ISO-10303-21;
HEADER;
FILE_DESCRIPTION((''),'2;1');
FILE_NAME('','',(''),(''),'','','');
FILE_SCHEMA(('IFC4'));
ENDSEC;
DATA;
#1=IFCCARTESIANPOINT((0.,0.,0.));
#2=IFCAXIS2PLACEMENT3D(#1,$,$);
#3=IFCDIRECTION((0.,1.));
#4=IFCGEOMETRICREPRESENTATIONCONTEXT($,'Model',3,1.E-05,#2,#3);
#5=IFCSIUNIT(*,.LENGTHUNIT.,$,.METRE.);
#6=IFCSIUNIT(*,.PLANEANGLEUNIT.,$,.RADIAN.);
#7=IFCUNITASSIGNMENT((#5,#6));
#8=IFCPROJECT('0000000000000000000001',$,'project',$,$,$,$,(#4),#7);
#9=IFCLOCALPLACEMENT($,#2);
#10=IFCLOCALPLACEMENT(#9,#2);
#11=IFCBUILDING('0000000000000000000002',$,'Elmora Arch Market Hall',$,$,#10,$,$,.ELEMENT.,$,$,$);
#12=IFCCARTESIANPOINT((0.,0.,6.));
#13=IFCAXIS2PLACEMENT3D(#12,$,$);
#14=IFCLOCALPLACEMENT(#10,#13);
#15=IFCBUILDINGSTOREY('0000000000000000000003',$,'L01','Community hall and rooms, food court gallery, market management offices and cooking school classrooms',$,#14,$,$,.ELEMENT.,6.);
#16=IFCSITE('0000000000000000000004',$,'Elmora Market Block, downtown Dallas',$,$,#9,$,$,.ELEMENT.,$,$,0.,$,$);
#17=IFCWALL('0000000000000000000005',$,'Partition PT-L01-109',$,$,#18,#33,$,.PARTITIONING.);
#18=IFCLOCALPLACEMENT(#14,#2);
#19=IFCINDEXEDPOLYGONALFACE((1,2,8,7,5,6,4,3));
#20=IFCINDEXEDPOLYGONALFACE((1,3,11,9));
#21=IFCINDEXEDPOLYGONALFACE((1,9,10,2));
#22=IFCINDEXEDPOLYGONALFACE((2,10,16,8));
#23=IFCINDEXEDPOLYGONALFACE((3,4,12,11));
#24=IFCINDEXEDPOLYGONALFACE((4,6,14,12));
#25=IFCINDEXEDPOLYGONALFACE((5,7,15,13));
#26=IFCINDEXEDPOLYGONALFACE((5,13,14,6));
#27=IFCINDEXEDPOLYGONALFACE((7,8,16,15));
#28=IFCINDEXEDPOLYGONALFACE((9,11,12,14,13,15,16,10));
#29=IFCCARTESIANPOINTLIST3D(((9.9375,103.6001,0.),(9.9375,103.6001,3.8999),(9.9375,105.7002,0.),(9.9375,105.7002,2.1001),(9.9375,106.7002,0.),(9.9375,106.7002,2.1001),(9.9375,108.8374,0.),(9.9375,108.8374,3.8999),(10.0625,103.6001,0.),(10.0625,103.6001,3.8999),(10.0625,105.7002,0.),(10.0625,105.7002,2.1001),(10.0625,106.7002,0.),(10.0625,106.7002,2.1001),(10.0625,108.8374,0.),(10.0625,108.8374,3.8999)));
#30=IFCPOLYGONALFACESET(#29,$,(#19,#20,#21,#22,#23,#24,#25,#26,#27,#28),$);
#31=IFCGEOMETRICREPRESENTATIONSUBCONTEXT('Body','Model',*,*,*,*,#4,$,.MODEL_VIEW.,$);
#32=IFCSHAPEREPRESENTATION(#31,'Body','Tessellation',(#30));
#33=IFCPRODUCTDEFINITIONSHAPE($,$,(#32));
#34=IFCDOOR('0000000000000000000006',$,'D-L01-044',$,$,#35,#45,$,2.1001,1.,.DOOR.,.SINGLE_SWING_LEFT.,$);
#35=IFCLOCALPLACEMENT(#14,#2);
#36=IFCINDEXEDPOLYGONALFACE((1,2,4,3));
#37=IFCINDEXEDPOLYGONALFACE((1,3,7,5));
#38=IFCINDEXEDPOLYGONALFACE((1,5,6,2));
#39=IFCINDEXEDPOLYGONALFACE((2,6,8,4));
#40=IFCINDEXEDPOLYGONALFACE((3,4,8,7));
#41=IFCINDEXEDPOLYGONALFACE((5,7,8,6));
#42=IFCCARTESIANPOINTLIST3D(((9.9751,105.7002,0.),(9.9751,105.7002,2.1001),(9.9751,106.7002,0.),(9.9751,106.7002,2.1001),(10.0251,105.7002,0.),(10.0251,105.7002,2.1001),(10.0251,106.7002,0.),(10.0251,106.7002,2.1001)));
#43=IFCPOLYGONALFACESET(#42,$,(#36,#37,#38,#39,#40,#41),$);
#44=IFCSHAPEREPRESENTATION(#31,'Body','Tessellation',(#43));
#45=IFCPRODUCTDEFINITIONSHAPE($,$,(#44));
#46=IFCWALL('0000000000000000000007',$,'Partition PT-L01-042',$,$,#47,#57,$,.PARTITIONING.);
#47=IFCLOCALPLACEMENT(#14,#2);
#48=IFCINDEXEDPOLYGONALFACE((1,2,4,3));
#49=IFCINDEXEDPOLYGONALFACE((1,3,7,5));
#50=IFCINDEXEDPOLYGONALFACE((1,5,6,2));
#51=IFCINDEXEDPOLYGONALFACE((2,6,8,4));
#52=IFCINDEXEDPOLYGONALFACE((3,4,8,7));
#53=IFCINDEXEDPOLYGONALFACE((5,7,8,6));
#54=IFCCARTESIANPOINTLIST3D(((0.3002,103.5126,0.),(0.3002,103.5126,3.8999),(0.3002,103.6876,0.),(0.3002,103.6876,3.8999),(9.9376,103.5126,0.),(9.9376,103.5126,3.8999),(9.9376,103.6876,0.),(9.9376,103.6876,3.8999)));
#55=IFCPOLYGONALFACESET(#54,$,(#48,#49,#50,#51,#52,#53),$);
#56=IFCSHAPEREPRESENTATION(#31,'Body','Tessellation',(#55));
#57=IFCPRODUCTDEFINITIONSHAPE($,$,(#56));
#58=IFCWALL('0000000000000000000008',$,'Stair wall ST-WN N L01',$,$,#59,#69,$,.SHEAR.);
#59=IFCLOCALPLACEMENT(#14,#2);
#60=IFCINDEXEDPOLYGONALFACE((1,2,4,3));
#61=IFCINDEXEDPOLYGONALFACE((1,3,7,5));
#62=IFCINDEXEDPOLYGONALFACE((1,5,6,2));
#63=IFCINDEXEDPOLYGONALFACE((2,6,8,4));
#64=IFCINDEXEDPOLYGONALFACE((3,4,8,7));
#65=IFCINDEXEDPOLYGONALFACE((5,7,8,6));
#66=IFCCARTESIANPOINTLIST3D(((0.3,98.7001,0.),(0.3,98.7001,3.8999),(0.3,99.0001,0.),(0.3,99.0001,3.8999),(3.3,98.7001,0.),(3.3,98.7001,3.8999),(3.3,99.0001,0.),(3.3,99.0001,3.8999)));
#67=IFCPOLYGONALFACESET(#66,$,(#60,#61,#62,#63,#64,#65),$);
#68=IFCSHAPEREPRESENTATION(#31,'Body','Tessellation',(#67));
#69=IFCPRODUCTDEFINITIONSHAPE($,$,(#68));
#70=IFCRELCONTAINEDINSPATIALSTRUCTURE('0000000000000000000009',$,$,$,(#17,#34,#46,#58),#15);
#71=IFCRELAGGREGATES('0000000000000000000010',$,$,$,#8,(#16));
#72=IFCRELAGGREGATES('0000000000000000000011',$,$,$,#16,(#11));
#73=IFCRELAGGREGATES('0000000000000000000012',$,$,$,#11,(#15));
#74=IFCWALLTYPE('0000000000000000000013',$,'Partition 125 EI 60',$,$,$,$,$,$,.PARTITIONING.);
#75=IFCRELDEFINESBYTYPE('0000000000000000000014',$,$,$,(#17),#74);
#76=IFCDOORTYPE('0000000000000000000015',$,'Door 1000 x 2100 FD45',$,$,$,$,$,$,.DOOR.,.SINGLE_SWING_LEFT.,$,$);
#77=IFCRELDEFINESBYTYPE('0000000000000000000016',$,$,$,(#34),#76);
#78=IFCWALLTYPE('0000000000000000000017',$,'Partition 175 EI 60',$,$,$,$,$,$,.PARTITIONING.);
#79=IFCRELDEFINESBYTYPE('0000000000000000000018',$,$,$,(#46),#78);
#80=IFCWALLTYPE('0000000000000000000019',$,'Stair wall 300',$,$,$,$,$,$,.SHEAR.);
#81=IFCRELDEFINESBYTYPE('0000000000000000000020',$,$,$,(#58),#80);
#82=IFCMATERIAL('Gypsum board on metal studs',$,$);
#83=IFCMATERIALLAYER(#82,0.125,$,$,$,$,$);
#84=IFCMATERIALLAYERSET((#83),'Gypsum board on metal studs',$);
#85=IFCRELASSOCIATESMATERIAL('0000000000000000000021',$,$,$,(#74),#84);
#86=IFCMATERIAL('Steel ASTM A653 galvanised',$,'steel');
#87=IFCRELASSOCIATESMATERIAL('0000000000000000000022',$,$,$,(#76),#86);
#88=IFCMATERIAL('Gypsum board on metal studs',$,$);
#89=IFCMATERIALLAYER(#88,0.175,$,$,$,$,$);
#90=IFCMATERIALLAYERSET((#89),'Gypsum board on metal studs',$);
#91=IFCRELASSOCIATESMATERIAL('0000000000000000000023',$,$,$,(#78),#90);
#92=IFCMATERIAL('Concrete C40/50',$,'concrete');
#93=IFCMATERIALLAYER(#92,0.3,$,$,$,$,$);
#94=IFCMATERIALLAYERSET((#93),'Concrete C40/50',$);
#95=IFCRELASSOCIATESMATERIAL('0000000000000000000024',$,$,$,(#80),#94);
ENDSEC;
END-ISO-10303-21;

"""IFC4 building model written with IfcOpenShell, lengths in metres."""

from ifc_helpers import new_model, si_unit, direction, frame, frame_2d, origin, place, context, subcontext, project, spatial, rectangle, extrude, material, layer, layer_set, type_object, element, fill, save


model = new_model("IFC4")

# Units and contexts
model_context = context("Model", 3, precision=1e-05, world=origin(), true_north=direction((0.0, 1.0)))
body_context = subcontext(model_context, "Body", "Model", "MODEL_VIEW")
ifc_project = project(units=[si_unit("LENGTHUNIT", "METRE"), si_unit("PLANEANGLEUNIT", "RADIAN")], contexts=[model_context])

# Site, building, storey
site_placement = place(None, origin())
site = spatial("IfcSite", under=ifc_project, at=site_placement, Name="Elmora Market Block, downtown Dallas", CompositionType="ELEMENT", RefElevation=0.0)
building_placement = place(site_placement, origin())
building = spatial("IfcBuilding", under=site, at=building_placement, Name="Elmora Arch Market Hall", CompositionType="ELEMENT")
storey_placement = place(building_placement, frame((0.0, 0.0, 6.0)))
storey = spatial("IfcBuildingStorey", under=building, at=storey_placement, Name="L01", Description="Community hall and rooms, food court gallery, market management offices and cooking school classrooms", CompositionType="ELEMENT", Elevation=6.0)

# Shared definitions
ifc_material_1 = material(Name="Gypsum board on metal studs")
ifc_layer_1 = layer(ifc_material_1, 0.125)
ifc_layer_set_1 = layer_set([ifc_layer_1], Name="Gypsum board on metal studs")
wall_type_1 = type_object("IfcWallType", Name="Partition 125 EI 60", PredefinedType="PARTITIONING", material=ifc_layer_set_1)

# Wall, opening, door
ifc_material_2 = material(Name="Steel ASTM A653 galvanised", Category="steel")
door_type_1 = type_object("IfcDoorType", Name="Door 1000 x 2100 FD45", OperationType="SINGLE_SWING_LEFT", PredefinedType="DOOR", material=ifc_material_2)
wall_1_placement = place(storey_placement, frame((10.0, 103.6001, 0.0), z_axis=(0.0, 0.0, 1.0), x_axis=(0.0, 1.0, 0.0)))
wall_1 = element("IfcWall", 1, at=wall_1_placement, inside=storey, type_object=wall_type_1, Name="Partition PT-L01-109", PredefinedType="PARTITIONING", context=body_context, shape_type="SweptSolid", body=[
    extrude(rectangle(XDim=5.2373, YDim=0.125, at=frame_2d((2.6187, 0.0))), origin(), (0.0, 0.0, 1.0), 3.8999),
])
opening_1_placement = place(wall_1_placement, frame((2.1001, 0.0, 0.0)))
opening_1 = element("IfcOpeningElement", 2, at=opening_1_placement, cuts=wall_1, PredefinedType="OPENING", context=body_context, shape_type="SweptSolid", body=[
    extrude(rectangle(XDim=1.0, YDim=2.1001, at=frame_2d((0.5, 1.05))), frame((0.0, 0.0725, 0.0), z_axis=(0.0, -1.0, 0.0), x_axis=(1.0, 0.0, 0.0)), (0.0, 0.0, 1.0), 0.145),
])
door_1_placement = place(opening_1_placement, origin())
door_1 = element("IfcDoor", 3, at=door_1_placement, inside=storey, type_object=door_type_1, Name="D-L01-044", OperationType="SINGLE_SWING_LEFT", OverallHeight=2.1001, OverallWidth=1.0, PredefinedType="DOOR", context=body_context, shape_type="SweptSolid", body=[
    extrude(rectangle(XDim=1.0, YDim=2.1001, at=frame_2d((0.5, 1.05))), frame((0.0, 0.0249, 0.0), z_axis=(0.0, -1.0, 0.0), x_axis=(1.0, 0.0, 0.0)), (0.0, 0.0, 1.0), 0.05),
])
fill(opening_1, door_1)

# Walls
ifc_material_3 = material(Name="Gypsum board on metal studs")
ifc_layer_2 = layer(ifc_material_3, 0.175)
ifc_layer_set_2 = layer_set([ifc_layer_2], Name="Gypsum board on metal studs")
wall_type_2 = type_object("IfcWallType", Name="Partition 175 EI 60", PredefinedType="PARTITIONING", material=ifc_layer_set_2)
wall_2_placement = place(storey_placement, frame((0.3, 103.6001, 0.0), z_axis=(0.0, 0.0, 1.0), x_axis=(1.0, 0.0, 0.0)))
element("IfcWall", 4, at=wall_2_placement, inside=storey, type_object=wall_type_2, Name="Partition PT-L01-042", PredefinedType="PARTITIONING", context=body_context, shape_type="SweptSolid", body=[
    extrude(rectangle(XDim=9.6375, YDim=0.175, at=frame_2d((4.8188, 0.0))), origin(), (0.0, 0.0, 1.0), 3.8999),
])
ifc_material_4 = material(Name="Concrete C40/50", Category="concrete")
ifc_layer_3 = layer(ifc_material_4, 0.3)
ifc_layer_set_3 = layer_set([ifc_layer_3], Name="Concrete C40/50")
wall_type_3 = type_object("IfcWallType", Name="Stair wall 300", PredefinedType="SHEAR", material=ifc_layer_set_3)
wall_3_placement = place(storey_placement, frame((0.3, 98.8501, 0.0), z_axis=(0.0, 0.0, 1.0), x_axis=(1.0, 0.0, 0.0)))
element("IfcWall", 5, at=wall_3_placement, inside=storey, type_object=wall_type_3, Name="Stair wall ST-WN N L01", PredefinedType="SHEAR", context=body_context, shape_type="SweptSolid", body=[
    extrude(rectangle(XDim=3.0, YDim=0.3, at=frame_2d((1.5, 0.0))), origin(), (0.0, 0.0, 1.0), 3.8999),
])

save(model, "model.ifc")
